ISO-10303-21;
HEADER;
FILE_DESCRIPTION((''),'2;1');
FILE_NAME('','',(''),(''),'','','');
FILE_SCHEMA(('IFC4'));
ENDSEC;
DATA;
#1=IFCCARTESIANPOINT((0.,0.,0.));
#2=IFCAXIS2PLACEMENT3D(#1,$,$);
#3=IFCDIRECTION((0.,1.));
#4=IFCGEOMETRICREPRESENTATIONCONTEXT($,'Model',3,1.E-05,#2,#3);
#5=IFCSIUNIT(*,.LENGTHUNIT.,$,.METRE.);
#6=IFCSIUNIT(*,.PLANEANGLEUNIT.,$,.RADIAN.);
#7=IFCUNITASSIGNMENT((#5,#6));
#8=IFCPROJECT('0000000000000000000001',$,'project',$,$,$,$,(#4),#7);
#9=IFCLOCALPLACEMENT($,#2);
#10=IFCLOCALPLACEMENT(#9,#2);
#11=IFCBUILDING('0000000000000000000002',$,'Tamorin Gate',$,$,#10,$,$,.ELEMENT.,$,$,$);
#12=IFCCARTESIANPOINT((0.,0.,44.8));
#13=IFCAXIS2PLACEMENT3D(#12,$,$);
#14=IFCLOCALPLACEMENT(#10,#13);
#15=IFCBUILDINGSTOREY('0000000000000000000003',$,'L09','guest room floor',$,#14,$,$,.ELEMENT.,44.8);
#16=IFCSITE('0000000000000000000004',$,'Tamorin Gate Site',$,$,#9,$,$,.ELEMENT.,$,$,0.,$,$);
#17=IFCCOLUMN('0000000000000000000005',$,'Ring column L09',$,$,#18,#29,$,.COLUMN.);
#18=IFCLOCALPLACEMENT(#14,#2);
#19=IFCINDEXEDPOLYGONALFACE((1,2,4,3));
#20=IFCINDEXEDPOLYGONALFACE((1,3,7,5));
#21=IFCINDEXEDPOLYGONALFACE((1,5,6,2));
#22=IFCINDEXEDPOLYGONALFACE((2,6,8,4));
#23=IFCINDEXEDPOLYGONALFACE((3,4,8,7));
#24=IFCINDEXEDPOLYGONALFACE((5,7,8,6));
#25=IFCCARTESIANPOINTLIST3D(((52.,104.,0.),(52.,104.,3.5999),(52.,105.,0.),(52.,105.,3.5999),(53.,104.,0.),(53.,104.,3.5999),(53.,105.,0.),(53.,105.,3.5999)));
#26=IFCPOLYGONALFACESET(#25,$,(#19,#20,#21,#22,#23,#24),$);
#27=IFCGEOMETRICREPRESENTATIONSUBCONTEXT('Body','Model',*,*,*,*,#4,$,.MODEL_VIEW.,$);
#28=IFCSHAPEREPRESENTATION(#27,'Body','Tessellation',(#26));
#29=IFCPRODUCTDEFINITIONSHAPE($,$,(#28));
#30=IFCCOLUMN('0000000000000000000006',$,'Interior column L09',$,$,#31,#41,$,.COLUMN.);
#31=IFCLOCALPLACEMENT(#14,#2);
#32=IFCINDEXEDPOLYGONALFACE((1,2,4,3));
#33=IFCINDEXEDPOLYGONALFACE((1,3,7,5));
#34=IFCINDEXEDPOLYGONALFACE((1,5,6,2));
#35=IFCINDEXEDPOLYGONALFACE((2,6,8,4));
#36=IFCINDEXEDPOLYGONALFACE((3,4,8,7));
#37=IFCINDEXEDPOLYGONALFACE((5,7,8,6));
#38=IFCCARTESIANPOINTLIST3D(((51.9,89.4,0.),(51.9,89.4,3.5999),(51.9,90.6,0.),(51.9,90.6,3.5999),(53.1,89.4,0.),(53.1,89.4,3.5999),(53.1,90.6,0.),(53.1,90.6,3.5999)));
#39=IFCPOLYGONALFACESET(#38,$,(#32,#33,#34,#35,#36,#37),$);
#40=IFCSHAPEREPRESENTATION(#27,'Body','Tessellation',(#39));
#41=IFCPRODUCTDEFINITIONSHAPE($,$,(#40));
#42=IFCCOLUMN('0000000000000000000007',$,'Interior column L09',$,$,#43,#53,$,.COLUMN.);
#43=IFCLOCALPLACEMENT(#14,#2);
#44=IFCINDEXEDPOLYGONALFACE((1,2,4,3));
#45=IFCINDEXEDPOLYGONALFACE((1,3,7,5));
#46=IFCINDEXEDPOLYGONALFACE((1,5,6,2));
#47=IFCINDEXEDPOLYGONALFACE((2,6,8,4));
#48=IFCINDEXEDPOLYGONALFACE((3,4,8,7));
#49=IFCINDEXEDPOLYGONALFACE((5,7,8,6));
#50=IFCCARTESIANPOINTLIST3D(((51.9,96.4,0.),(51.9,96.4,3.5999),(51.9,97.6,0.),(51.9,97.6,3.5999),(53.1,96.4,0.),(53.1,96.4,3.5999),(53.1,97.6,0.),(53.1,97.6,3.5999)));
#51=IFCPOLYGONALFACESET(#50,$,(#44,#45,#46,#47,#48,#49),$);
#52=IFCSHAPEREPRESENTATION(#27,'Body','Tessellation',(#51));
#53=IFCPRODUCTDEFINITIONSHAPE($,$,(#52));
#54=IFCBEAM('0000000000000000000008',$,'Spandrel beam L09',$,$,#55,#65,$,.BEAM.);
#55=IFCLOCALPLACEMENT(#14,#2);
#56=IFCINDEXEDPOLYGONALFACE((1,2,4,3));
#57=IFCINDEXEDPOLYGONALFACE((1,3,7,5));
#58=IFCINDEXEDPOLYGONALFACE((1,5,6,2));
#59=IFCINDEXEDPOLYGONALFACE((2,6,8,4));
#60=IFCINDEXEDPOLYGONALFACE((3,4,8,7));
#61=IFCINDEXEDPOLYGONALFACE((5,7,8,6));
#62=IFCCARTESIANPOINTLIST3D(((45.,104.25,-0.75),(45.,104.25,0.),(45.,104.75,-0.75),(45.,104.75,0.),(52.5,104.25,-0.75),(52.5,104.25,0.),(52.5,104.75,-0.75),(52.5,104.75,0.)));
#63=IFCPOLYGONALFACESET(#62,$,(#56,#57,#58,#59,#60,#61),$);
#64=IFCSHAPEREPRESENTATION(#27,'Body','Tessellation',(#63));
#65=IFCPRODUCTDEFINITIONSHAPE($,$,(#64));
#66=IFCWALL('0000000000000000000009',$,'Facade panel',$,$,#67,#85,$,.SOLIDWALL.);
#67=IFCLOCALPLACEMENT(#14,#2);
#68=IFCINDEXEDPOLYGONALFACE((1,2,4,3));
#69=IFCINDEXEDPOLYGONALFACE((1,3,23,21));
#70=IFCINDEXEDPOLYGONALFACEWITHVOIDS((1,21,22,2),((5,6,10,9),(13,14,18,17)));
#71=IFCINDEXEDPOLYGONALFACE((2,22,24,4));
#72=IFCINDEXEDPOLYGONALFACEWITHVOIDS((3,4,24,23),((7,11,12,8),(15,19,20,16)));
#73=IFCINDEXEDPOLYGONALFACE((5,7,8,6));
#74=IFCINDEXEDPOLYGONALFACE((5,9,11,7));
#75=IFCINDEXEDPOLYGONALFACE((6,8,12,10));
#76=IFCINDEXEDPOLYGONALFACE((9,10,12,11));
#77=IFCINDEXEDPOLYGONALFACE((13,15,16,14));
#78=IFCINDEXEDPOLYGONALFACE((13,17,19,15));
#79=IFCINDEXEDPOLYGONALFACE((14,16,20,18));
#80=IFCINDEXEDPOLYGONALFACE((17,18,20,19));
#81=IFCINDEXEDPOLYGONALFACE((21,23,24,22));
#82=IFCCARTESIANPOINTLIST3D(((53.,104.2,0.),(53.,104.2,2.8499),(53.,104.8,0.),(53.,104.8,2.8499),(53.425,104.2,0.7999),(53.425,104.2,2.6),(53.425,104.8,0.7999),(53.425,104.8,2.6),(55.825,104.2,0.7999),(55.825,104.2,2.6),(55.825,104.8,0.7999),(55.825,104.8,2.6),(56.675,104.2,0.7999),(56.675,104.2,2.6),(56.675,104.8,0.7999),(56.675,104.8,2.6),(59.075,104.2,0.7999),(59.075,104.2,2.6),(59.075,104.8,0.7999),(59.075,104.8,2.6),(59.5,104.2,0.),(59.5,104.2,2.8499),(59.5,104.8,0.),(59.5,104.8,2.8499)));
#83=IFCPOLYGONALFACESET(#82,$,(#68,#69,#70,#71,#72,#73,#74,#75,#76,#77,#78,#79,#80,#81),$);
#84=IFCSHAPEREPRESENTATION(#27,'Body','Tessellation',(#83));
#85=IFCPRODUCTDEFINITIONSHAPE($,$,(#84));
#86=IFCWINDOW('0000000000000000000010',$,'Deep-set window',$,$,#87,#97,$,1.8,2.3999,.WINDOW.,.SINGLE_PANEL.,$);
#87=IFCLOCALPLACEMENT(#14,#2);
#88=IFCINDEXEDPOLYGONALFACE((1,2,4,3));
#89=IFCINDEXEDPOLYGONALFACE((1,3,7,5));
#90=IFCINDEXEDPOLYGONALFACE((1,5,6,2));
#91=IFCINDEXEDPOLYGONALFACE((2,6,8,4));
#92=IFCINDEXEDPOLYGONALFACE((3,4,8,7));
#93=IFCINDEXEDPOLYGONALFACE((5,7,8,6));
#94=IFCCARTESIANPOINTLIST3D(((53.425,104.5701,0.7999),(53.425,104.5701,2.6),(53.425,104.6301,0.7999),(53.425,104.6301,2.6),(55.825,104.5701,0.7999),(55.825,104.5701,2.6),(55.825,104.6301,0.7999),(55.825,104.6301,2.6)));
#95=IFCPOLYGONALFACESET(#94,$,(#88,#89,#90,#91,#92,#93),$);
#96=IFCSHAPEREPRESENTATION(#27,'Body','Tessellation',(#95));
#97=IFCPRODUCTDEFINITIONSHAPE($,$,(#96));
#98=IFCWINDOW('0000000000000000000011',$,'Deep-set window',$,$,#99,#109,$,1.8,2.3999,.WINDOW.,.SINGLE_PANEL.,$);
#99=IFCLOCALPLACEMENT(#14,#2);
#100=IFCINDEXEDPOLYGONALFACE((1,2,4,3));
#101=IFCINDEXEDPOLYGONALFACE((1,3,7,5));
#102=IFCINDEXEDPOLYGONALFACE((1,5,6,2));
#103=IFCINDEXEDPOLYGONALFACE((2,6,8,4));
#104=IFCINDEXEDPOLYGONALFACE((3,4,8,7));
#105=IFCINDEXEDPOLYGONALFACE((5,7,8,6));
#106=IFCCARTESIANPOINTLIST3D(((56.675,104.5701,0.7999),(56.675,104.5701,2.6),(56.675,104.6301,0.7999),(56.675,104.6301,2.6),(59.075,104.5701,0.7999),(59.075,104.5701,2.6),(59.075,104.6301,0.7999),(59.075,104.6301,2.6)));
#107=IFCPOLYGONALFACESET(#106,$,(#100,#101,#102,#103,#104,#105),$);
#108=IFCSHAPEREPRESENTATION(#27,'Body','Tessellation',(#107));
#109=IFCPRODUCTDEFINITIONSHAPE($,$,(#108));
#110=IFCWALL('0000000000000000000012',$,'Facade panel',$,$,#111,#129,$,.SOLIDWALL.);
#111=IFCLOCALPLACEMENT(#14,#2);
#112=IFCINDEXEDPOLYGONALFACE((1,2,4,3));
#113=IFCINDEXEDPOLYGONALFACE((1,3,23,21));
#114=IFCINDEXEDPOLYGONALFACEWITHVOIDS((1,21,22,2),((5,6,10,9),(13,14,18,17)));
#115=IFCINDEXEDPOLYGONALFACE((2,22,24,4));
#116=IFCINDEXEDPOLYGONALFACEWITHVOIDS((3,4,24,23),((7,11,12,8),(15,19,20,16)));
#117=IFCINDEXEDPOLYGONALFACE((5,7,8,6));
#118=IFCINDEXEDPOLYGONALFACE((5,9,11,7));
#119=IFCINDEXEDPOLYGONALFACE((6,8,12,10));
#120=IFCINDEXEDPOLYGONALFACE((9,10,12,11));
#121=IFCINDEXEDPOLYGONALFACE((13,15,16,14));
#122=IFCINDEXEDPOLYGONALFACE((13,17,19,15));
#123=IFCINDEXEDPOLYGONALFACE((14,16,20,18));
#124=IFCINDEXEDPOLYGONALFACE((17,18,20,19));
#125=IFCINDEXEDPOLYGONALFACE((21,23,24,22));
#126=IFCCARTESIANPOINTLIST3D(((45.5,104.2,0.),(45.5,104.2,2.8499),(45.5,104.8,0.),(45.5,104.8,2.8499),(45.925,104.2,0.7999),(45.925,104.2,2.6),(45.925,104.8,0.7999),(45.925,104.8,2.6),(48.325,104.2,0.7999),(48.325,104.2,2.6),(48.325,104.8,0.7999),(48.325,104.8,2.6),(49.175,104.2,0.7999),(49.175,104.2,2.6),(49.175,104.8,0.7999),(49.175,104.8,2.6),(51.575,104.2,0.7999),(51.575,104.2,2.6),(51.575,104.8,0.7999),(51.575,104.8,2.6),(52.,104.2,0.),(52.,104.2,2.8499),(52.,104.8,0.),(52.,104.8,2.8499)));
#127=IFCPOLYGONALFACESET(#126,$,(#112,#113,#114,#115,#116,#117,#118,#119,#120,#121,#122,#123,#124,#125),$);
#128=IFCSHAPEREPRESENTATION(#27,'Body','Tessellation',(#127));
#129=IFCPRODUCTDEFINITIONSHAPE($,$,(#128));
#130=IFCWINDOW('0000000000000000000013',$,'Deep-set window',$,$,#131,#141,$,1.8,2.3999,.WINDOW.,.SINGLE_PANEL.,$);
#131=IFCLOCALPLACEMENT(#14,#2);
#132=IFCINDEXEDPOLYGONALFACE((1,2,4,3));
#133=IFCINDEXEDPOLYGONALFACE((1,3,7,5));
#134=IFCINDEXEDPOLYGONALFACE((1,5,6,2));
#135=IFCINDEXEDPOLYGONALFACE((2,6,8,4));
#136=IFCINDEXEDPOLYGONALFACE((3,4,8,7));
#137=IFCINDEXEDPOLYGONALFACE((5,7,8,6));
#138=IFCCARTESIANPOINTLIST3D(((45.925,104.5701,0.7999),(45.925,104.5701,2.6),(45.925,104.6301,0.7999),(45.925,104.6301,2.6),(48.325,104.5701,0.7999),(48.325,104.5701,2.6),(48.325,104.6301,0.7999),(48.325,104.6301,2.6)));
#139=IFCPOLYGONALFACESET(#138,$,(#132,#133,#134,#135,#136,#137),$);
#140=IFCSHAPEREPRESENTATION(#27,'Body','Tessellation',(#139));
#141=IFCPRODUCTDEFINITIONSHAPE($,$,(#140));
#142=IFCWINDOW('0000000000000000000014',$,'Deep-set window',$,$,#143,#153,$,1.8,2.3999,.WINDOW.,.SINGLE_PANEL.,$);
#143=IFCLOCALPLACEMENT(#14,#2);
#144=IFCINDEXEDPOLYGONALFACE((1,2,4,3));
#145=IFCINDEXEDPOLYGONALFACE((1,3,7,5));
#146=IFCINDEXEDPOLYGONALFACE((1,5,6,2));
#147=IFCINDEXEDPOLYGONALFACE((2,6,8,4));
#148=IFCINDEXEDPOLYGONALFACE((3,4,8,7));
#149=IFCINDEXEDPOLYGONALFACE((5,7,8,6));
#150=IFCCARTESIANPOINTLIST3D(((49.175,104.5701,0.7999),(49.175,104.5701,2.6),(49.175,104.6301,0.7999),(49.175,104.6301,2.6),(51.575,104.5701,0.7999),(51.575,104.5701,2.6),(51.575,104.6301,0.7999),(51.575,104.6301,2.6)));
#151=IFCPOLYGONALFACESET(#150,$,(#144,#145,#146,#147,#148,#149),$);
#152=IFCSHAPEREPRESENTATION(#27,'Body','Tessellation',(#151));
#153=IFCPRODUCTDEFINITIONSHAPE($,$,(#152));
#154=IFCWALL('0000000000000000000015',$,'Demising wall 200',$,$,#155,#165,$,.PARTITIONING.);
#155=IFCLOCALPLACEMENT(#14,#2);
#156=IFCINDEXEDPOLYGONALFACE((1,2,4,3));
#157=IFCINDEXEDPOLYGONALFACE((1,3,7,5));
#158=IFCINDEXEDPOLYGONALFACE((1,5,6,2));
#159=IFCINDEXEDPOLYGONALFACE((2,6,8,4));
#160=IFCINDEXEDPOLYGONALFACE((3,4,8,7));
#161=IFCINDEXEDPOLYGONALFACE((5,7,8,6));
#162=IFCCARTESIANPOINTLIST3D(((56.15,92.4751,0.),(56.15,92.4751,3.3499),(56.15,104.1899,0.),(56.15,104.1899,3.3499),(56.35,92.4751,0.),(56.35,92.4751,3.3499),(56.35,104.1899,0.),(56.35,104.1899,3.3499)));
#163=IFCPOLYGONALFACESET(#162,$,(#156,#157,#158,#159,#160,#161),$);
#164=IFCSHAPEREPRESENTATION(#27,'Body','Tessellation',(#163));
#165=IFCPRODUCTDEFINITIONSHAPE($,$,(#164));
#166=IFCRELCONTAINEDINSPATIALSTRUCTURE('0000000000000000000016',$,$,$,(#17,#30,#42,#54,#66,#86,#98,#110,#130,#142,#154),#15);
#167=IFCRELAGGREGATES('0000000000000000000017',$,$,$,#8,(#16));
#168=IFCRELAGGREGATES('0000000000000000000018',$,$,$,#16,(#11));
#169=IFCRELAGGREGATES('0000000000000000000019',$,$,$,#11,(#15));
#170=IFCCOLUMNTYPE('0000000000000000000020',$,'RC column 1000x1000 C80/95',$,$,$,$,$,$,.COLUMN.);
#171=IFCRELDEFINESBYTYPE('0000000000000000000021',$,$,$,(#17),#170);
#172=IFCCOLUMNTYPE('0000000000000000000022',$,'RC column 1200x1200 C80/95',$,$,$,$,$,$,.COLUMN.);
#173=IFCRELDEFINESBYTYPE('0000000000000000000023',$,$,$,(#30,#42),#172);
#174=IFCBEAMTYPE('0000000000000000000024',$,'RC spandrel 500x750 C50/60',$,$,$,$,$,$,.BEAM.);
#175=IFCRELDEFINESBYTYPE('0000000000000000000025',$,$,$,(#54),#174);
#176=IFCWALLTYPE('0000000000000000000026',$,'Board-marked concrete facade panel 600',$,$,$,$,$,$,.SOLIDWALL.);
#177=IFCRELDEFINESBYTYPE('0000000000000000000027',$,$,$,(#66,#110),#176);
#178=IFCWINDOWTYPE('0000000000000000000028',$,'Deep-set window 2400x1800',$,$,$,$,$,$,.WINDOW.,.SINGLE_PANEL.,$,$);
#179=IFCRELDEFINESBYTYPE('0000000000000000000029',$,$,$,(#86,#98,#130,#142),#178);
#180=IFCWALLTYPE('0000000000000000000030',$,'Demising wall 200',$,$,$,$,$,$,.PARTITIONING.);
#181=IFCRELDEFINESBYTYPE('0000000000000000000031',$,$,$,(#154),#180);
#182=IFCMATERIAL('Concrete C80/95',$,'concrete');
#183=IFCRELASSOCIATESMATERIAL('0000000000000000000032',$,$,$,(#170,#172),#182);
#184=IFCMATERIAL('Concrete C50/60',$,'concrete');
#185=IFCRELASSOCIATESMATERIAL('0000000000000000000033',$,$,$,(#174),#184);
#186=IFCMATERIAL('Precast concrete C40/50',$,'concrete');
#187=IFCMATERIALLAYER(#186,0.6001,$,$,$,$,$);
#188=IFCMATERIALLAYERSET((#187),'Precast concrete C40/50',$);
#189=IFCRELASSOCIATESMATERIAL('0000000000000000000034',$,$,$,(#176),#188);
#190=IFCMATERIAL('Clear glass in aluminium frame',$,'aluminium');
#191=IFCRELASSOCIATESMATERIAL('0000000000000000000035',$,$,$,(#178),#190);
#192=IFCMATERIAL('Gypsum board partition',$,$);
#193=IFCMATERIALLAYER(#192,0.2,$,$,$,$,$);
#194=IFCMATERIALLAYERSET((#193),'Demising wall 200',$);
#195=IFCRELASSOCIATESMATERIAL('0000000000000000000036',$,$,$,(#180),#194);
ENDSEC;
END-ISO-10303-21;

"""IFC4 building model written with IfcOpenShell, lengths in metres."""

from ifc_helpers import new_model, si_unit, direction, frame, frame_2d, origin, origin_2d, place, context, subcontext, project, spatial, rectangle, extrude, material, layer, layer_set, material_profile, profile_set, type_object, element, fill, save


model = new_model("IFC4")

# Units and contexts
model_context = context("Model", 3, precision=1e-05, world=origin(), true_north=direction((0.0, 1.0)))
body_context = subcontext(model_context, "Body", "Model", "MODEL_VIEW")
ifc_project = project(units=[si_unit("LENGTHUNIT", "METRE"), si_unit("PLANEANGLEUNIT", "RADIAN")], contexts=[model_context])

# Site, building, storey
site_placement = place(None, origin())
site = spatial("IfcSite", under=ifc_project, at=site_placement, Name="Tamorin Gate Site", CompositionType="ELEMENT", RefElevation=0.0)
building_placement = place(site_placement, origin())
building = spatial("IfcBuilding", under=site, at=building_placement, Name="Tamorin Gate", CompositionType="ELEMENT")
storey_placement = place(building_placement, frame((0.0, 0.0, 44.8)))
storey = spatial("IfcBuildingStorey", under=building, at=storey_placement, Name="L09", Description="guest room floor", CompositionType="ELEMENT", Elevation=44.8)

# Columns
ifc_material_1 = material(Name="Concrete C80/95", Category="concrete")
ifc_material_profile_1 = material_profile(ifc_material_1, rectangle(XDim=1.0, YDim=1.0, at=origin_2d()), Name="RC 1000x1000")
ifc_profile_set_1 = profile_set([ifc_material_profile_1], Name="Concrete C80/95")
column_type_1 = type_object("IfcColumnType", Name="RC column 1000x1000 C80/95", PredefinedType="COLUMN", material=ifc_profile_set_1)
column_placement = place(storey_placement, frame((52.5, 104.5, 0.0), z_axis=(0.0, 0.0, 1.0), x_axis=(1.0, 0.0, 0.0)))
element("IfcColumn", 1, at=column_placement, inside=storey, type_object=column_type_1, Name="Ring column L09", PredefinedType="COLUMN", context=body_context, shape_type="SweptSolid", body=[
    extrude(rectangle(XDim=1.0, YDim=1.0, at=origin_2d()), origin(), (0.0, 0.0, 1.0), 3.5999),
])
ifc_material_profile_2 = material_profile(ifc_material_1, rectangle(XDim=1.2, YDim=1.2, at=origin_2d()), Name="RC 1200x1200")
ifc_profile_set_2 = profile_set([ifc_material_profile_2], Name="Concrete C80/95")
column_type_2 = type_object("IfcColumnType", Name="RC column 1200x1200 C80/95", PredefinedType="COLUMN", material=ifc_profile_set_2)
for number, where, z_axis, x_axis, name in (
    (2, (52.5, 90.0, 0.0), (0.0, 0.0, 1.0), (1.0, 0.0, 0.0), "Interior column L09"),
    (3, (52.5, 97.0, 0.0), (0.0, 0.0, 1.0), (1.0, 0.0, 0.0), "Interior column L09"),
):
    element("IfcColumn", number, at=place(storey_placement, frame(where, z_axis=z_axis, x_axis=x_axis)), inside=storey, type_object=column_type_2, Name=name, PredefinedType="COLUMN", context=body_context, shape_type="SweptSolid", body=[
        extrude(rectangle(XDim=1.2, YDim=1.2, at=origin_2d()), origin(), (0.0, 0.0, 1.0), 3.5999),
    ])

# Beam
ifc_material_2 = material(Name="Concrete C50/60", Category="concrete")
ifc_material_profile_3 = material_profile(ifc_material_2, rectangle(XDim=0.5, YDim=0.75, at=origin_2d()), Name="RC 500x750")
ifc_profile_set_3 = profile_set([ifc_material_profile_3], Name="Concrete C50/60")
beam_type = type_object("IfcBeamType", Name="RC spandrel 500x750 C50/60", PredefinedType="BEAM", material=ifc_profile_set_3)
beam_placement = place(storey_placement, frame((52.5, 104.5, -0.375), z_axis=(-1.0, 0.0, 0.0), x_axis=(0.0, -1.0, 0.0)))
element("IfcBeam", 4, at=beam_placement, inside=storey, type_object=beam_type, Name="Spandrel beam L09", PredefinedType="BEAM", context=body_context, shape_type="SweptSolid", body=[
    extrude(rectangle(XDim=0.5, YDim=0.75, at=origin_2d()), origin(), (0.0, 0.0, 1.0), 7.5),
])

# Walls, openings, windows
ifc_material_3 = material(Name="Precast concrete C40/50", Category="concrete")
ifc_layer_1 = layer(ifc_material_3, 0.6001)
ifc_layer_set_1 = layer_set([ifc_layer_1], Name="Precast concrete C40/50")
wall_type_1 = type_object("IfcWallType", Name="Board-marked concrete facade panel 600", PredefinedType="SOLIDWALL", material=ifc_layer_set_1)
wall_1_placement = place(storey_placement, frame((59.5, 104.5, 0.0), z_axis=(0.0, 0.0, 1.0), x_axis=(-1.0, 0.0, 0.0)))
wall_1 = element("IfcWall", 5, at=wall_1_placement, inside=storey, type_object=wall_type_1, Name="Facade panel", PredefinedType="SOLIDWALL", context=body_context, shape_type="SweptSolid", body=[
    extrude(rectangle(XDim=6.5, YDim=0.6001, at=frame_2d((3.25, 0.0))), origin(), (0.0, 0.0, 1.0), 2.8499),
])
opening_1_placement = place(wall_1_placement, frame((3.675, 0.0, 0.8)))
opening_1 = element("IfcOpeningElement", 6, at=opening_1_placement, cuts=wall_1, PredefinedType="OPENING", context=body_context, shape_type="SweptSolid", body=[
    extrude(rectangle(XDim=2.3999, YDim=1.8, at=frame_2d((1.2, 0.8999))), frame((0.0, 0.3101, 0.0), z_axis=(0.0, -1.0, 0.0), x_axis=(1.0, 0.0, 0.0)), (0.0, 0.0, 1.0), 0.6201),
])
opening_2_placement = place(wall_1_placement, frame((0.425, 0.0, 0.8)))
opening_2 = element("IfcOpeningElement", 7, at=opening_2_placement, cuts=wall_1, PredefinedType="OPENING", context=body_context, shape_type="SweptSolid", body=[
    extrude(rectangle(XDim=2.3999, YDim=1.8, at=frame_2d((1.2, 0.8999))), frame((0.0, 0.3101, 0.0), z_axis=(0.0, -1.0, 0.0), x_axis=(1.0, 0.0, 0.0)), (0.0, 0.0, 1.0), 0.6201),
])
ifc_material_4 = material(Name="Clear glass in aluminium frame", Category="aluminium")
window_type = type_object("IfcWindowType", Name="Deep-set window 2400x1800", PartitioningType="SINGLE_PANEL", PredefinedType="WINDOW", material=ifc_material_4)
window_1_placement = place(opening_1_placement, origin())
window_1 = element("IfcWindow", 8, at=window_1_placement, inside=storey, type_object=window_type, Name="Deep-set window", OverallHeight=1.8, OverallWidth=2.3999, PartitioningType="SINGLE_PANEL", PredefinedType="WINDOW", context=body_context, shape_type="SweptSolid", body=[
    extrude(rectangle(XDim=2.3999, YDim=1.8, at=frame_2d((1.2, 0.8999))), frame((0.0, -0.0701, 0.0), z_axis=(0.0, -1.0, 0.0), x_axis=(1.0, 0.0, 0.0)), (0.0, 0.0, 1.0), 0.0601),
])
fill(opening_1, window_1)
window_2_placement = place(opening_2_placement, origin())
window_2 = element("IfcWindow", 9, at=window_2_placement, inside=storey, type_object=window_type, Name="Deep-set window", OverallHeight=1.8, OverallWidth=2.3999, PartitioningType="SINGLE_PANEL", PredefinedType="WINDOW", context=body_context, shape_type="SweptSolid", body=[
    extrude(rectangle(XDim=2.3999, YDim=1.8, at=frame_2d((1.2, 0.8999))), frame((0.0, -0.0701, 0.0), z_axis=(0.0, -1.0, 0.0), x_axis=(1.0, 0.0, 0.0)), (0.0, 0.0, 1.0), 0.0601),
])
fill(opening_2, window_2)
wall_2_placement = place(storey_placement, frame((52.0, 104.5, 0.0), z_axis=(0.0, 0.0, 1.0), x_axis=(-1.0, 0.0, 0.0)))
wall_2 = element("IfcWall", 10, at=wall_2_placement, inside=storey, type_object=wall_type_1, Name="Facade panel", PredefinedType="SOLIDWALL", context=body_context, shape_type="SweptSolid", body=[
    extrude(rectangle(XDim=6.5, YDim=0.6001, at=frame_2d((3.25, 0.0))), origin(), (0.0, 0.0, 1.0), 2.8499),
])
opening_3_placement = place(wall_2_placement, frame((3.675, 0.0, 0.8)))
opening_3 = element("IfcOpeningElement", 11, at=opening_3_placement, cuts=wall_2, PredefinedType="OPENING", context=body_context, shape_type="SweptSolid", body=[
    extrude(rectangle(XDim=2.3999, YDim=1.8, at=frame_2d((1.2, 0.8999))), frame((0.0, 0.3101, 0.0), z_axis=(0.0, -1.0, 0.0), x_axis=(1.0, 0.0, 0.0)), (0.0, 0.0, 1.0), 0.6201),
])
opening_4_placement = place(wall_2_placement, frame((0.425, 0.0, 0.8)))
opening_4 = element("IfcOpeningElement", 12, at=opening_4_placement, cuts=wall_2, PredefinedType="OPENING", context=body_context, shape_type="SweptSolid", body=[
    extrude(rectangle(XDim=2.3999, YDim=1.8, at=frame_2d((1.2, 0.8999))), frame((0.0, 0.3101, 0.0), z_axis=(0.0, -1.0, 0.0), x_axis=(1.0, 0.0, 0.0)), (0.0, 0.0, 1.0), 0.6201),
])
window_3_placement = place(opening_3_placement, origin())
window_3 = element("IfcWindow", 13, at=window_3_placement, inside=storey, type_object=window_type, Name="Deep-set window", OverallHeight=1.8, OverallWidth=2.3999, PartitioningType="SINGLE_PANEL", PredefinedType="WINDOW", context=body_context, shape_type="SweptSolid", body=[
    extrude(rectangle(XDim=2.3999, YDim=1.8, at=frame_2d((1.2, 0.8999))), frame((0.0, -0.0701, 0.0), z_axis=(0.0, -1.0, 0.0), x_axis=(1.0, 0.0, 0.0)), (0.0, 0.0, 1.0), 0.0601),
])
fill(opening_3, window_3)
window_4_placement = place(opening_4_placement, origin())
window_4 = element("IfcWindow", 14, at=window_4_placement, inside=storey, type_object=window_type, Name="Deep-set window", OverallHeight=1.8, OverallWidth=2.3999, PartitioningType="SINGLE_PANEL", PredefinedType="WINDOW", context=body_context, shape_type="SweptSolid", body=[
    extrude(rectangle(XDim=2.3999, YDim=1.8, at=frame_2d((1.2, 0.8999))), frame((0.0, -0.0701, 0.0), z_axis=(0.0, -1.0, 0.0), x_axis=(1.0, 0.0, 0.0)), (0.0, 0.0, 1.0), 0.0601),
])
fill(opening_4, window_4)

# Wall
ifc_material_5 = material(Name="Gypsum board partition")
ifc_layer_2 = layer(ifc_material_5, 0.2)
ifc_layer_set_2 = layer_set([ifc_layer_2], Name="Demising wall 200")
wall_type_2 = type_object("IfcWallType", Name="Demising wall 200", PredefinedType="PARTITIONING", material=ifc_layer_set_2)
wall_3_placement = place(storey_placement, frame((56.25, 92.4751, 0.0), z_axis=(0.0, 0.0, 1.0), x_axis=(0.0, 1.0, 0.0)))
element("IfcWall", 15, at=wall_3_placement, inside=storey, type_object=wall_type_2, Name="Demising wall 200", PredefinedType="PARTITIONING", context=body_context, shape_type="SweptSolid", body=[
    extrude(rectangle(XDim=11.7148, YDim=0.2, at=frame_2d((5.8574, 0.0))), origin(), (0.0, 0.0, 1.0), 3.3499),
])

save(model, "model.ifc")
